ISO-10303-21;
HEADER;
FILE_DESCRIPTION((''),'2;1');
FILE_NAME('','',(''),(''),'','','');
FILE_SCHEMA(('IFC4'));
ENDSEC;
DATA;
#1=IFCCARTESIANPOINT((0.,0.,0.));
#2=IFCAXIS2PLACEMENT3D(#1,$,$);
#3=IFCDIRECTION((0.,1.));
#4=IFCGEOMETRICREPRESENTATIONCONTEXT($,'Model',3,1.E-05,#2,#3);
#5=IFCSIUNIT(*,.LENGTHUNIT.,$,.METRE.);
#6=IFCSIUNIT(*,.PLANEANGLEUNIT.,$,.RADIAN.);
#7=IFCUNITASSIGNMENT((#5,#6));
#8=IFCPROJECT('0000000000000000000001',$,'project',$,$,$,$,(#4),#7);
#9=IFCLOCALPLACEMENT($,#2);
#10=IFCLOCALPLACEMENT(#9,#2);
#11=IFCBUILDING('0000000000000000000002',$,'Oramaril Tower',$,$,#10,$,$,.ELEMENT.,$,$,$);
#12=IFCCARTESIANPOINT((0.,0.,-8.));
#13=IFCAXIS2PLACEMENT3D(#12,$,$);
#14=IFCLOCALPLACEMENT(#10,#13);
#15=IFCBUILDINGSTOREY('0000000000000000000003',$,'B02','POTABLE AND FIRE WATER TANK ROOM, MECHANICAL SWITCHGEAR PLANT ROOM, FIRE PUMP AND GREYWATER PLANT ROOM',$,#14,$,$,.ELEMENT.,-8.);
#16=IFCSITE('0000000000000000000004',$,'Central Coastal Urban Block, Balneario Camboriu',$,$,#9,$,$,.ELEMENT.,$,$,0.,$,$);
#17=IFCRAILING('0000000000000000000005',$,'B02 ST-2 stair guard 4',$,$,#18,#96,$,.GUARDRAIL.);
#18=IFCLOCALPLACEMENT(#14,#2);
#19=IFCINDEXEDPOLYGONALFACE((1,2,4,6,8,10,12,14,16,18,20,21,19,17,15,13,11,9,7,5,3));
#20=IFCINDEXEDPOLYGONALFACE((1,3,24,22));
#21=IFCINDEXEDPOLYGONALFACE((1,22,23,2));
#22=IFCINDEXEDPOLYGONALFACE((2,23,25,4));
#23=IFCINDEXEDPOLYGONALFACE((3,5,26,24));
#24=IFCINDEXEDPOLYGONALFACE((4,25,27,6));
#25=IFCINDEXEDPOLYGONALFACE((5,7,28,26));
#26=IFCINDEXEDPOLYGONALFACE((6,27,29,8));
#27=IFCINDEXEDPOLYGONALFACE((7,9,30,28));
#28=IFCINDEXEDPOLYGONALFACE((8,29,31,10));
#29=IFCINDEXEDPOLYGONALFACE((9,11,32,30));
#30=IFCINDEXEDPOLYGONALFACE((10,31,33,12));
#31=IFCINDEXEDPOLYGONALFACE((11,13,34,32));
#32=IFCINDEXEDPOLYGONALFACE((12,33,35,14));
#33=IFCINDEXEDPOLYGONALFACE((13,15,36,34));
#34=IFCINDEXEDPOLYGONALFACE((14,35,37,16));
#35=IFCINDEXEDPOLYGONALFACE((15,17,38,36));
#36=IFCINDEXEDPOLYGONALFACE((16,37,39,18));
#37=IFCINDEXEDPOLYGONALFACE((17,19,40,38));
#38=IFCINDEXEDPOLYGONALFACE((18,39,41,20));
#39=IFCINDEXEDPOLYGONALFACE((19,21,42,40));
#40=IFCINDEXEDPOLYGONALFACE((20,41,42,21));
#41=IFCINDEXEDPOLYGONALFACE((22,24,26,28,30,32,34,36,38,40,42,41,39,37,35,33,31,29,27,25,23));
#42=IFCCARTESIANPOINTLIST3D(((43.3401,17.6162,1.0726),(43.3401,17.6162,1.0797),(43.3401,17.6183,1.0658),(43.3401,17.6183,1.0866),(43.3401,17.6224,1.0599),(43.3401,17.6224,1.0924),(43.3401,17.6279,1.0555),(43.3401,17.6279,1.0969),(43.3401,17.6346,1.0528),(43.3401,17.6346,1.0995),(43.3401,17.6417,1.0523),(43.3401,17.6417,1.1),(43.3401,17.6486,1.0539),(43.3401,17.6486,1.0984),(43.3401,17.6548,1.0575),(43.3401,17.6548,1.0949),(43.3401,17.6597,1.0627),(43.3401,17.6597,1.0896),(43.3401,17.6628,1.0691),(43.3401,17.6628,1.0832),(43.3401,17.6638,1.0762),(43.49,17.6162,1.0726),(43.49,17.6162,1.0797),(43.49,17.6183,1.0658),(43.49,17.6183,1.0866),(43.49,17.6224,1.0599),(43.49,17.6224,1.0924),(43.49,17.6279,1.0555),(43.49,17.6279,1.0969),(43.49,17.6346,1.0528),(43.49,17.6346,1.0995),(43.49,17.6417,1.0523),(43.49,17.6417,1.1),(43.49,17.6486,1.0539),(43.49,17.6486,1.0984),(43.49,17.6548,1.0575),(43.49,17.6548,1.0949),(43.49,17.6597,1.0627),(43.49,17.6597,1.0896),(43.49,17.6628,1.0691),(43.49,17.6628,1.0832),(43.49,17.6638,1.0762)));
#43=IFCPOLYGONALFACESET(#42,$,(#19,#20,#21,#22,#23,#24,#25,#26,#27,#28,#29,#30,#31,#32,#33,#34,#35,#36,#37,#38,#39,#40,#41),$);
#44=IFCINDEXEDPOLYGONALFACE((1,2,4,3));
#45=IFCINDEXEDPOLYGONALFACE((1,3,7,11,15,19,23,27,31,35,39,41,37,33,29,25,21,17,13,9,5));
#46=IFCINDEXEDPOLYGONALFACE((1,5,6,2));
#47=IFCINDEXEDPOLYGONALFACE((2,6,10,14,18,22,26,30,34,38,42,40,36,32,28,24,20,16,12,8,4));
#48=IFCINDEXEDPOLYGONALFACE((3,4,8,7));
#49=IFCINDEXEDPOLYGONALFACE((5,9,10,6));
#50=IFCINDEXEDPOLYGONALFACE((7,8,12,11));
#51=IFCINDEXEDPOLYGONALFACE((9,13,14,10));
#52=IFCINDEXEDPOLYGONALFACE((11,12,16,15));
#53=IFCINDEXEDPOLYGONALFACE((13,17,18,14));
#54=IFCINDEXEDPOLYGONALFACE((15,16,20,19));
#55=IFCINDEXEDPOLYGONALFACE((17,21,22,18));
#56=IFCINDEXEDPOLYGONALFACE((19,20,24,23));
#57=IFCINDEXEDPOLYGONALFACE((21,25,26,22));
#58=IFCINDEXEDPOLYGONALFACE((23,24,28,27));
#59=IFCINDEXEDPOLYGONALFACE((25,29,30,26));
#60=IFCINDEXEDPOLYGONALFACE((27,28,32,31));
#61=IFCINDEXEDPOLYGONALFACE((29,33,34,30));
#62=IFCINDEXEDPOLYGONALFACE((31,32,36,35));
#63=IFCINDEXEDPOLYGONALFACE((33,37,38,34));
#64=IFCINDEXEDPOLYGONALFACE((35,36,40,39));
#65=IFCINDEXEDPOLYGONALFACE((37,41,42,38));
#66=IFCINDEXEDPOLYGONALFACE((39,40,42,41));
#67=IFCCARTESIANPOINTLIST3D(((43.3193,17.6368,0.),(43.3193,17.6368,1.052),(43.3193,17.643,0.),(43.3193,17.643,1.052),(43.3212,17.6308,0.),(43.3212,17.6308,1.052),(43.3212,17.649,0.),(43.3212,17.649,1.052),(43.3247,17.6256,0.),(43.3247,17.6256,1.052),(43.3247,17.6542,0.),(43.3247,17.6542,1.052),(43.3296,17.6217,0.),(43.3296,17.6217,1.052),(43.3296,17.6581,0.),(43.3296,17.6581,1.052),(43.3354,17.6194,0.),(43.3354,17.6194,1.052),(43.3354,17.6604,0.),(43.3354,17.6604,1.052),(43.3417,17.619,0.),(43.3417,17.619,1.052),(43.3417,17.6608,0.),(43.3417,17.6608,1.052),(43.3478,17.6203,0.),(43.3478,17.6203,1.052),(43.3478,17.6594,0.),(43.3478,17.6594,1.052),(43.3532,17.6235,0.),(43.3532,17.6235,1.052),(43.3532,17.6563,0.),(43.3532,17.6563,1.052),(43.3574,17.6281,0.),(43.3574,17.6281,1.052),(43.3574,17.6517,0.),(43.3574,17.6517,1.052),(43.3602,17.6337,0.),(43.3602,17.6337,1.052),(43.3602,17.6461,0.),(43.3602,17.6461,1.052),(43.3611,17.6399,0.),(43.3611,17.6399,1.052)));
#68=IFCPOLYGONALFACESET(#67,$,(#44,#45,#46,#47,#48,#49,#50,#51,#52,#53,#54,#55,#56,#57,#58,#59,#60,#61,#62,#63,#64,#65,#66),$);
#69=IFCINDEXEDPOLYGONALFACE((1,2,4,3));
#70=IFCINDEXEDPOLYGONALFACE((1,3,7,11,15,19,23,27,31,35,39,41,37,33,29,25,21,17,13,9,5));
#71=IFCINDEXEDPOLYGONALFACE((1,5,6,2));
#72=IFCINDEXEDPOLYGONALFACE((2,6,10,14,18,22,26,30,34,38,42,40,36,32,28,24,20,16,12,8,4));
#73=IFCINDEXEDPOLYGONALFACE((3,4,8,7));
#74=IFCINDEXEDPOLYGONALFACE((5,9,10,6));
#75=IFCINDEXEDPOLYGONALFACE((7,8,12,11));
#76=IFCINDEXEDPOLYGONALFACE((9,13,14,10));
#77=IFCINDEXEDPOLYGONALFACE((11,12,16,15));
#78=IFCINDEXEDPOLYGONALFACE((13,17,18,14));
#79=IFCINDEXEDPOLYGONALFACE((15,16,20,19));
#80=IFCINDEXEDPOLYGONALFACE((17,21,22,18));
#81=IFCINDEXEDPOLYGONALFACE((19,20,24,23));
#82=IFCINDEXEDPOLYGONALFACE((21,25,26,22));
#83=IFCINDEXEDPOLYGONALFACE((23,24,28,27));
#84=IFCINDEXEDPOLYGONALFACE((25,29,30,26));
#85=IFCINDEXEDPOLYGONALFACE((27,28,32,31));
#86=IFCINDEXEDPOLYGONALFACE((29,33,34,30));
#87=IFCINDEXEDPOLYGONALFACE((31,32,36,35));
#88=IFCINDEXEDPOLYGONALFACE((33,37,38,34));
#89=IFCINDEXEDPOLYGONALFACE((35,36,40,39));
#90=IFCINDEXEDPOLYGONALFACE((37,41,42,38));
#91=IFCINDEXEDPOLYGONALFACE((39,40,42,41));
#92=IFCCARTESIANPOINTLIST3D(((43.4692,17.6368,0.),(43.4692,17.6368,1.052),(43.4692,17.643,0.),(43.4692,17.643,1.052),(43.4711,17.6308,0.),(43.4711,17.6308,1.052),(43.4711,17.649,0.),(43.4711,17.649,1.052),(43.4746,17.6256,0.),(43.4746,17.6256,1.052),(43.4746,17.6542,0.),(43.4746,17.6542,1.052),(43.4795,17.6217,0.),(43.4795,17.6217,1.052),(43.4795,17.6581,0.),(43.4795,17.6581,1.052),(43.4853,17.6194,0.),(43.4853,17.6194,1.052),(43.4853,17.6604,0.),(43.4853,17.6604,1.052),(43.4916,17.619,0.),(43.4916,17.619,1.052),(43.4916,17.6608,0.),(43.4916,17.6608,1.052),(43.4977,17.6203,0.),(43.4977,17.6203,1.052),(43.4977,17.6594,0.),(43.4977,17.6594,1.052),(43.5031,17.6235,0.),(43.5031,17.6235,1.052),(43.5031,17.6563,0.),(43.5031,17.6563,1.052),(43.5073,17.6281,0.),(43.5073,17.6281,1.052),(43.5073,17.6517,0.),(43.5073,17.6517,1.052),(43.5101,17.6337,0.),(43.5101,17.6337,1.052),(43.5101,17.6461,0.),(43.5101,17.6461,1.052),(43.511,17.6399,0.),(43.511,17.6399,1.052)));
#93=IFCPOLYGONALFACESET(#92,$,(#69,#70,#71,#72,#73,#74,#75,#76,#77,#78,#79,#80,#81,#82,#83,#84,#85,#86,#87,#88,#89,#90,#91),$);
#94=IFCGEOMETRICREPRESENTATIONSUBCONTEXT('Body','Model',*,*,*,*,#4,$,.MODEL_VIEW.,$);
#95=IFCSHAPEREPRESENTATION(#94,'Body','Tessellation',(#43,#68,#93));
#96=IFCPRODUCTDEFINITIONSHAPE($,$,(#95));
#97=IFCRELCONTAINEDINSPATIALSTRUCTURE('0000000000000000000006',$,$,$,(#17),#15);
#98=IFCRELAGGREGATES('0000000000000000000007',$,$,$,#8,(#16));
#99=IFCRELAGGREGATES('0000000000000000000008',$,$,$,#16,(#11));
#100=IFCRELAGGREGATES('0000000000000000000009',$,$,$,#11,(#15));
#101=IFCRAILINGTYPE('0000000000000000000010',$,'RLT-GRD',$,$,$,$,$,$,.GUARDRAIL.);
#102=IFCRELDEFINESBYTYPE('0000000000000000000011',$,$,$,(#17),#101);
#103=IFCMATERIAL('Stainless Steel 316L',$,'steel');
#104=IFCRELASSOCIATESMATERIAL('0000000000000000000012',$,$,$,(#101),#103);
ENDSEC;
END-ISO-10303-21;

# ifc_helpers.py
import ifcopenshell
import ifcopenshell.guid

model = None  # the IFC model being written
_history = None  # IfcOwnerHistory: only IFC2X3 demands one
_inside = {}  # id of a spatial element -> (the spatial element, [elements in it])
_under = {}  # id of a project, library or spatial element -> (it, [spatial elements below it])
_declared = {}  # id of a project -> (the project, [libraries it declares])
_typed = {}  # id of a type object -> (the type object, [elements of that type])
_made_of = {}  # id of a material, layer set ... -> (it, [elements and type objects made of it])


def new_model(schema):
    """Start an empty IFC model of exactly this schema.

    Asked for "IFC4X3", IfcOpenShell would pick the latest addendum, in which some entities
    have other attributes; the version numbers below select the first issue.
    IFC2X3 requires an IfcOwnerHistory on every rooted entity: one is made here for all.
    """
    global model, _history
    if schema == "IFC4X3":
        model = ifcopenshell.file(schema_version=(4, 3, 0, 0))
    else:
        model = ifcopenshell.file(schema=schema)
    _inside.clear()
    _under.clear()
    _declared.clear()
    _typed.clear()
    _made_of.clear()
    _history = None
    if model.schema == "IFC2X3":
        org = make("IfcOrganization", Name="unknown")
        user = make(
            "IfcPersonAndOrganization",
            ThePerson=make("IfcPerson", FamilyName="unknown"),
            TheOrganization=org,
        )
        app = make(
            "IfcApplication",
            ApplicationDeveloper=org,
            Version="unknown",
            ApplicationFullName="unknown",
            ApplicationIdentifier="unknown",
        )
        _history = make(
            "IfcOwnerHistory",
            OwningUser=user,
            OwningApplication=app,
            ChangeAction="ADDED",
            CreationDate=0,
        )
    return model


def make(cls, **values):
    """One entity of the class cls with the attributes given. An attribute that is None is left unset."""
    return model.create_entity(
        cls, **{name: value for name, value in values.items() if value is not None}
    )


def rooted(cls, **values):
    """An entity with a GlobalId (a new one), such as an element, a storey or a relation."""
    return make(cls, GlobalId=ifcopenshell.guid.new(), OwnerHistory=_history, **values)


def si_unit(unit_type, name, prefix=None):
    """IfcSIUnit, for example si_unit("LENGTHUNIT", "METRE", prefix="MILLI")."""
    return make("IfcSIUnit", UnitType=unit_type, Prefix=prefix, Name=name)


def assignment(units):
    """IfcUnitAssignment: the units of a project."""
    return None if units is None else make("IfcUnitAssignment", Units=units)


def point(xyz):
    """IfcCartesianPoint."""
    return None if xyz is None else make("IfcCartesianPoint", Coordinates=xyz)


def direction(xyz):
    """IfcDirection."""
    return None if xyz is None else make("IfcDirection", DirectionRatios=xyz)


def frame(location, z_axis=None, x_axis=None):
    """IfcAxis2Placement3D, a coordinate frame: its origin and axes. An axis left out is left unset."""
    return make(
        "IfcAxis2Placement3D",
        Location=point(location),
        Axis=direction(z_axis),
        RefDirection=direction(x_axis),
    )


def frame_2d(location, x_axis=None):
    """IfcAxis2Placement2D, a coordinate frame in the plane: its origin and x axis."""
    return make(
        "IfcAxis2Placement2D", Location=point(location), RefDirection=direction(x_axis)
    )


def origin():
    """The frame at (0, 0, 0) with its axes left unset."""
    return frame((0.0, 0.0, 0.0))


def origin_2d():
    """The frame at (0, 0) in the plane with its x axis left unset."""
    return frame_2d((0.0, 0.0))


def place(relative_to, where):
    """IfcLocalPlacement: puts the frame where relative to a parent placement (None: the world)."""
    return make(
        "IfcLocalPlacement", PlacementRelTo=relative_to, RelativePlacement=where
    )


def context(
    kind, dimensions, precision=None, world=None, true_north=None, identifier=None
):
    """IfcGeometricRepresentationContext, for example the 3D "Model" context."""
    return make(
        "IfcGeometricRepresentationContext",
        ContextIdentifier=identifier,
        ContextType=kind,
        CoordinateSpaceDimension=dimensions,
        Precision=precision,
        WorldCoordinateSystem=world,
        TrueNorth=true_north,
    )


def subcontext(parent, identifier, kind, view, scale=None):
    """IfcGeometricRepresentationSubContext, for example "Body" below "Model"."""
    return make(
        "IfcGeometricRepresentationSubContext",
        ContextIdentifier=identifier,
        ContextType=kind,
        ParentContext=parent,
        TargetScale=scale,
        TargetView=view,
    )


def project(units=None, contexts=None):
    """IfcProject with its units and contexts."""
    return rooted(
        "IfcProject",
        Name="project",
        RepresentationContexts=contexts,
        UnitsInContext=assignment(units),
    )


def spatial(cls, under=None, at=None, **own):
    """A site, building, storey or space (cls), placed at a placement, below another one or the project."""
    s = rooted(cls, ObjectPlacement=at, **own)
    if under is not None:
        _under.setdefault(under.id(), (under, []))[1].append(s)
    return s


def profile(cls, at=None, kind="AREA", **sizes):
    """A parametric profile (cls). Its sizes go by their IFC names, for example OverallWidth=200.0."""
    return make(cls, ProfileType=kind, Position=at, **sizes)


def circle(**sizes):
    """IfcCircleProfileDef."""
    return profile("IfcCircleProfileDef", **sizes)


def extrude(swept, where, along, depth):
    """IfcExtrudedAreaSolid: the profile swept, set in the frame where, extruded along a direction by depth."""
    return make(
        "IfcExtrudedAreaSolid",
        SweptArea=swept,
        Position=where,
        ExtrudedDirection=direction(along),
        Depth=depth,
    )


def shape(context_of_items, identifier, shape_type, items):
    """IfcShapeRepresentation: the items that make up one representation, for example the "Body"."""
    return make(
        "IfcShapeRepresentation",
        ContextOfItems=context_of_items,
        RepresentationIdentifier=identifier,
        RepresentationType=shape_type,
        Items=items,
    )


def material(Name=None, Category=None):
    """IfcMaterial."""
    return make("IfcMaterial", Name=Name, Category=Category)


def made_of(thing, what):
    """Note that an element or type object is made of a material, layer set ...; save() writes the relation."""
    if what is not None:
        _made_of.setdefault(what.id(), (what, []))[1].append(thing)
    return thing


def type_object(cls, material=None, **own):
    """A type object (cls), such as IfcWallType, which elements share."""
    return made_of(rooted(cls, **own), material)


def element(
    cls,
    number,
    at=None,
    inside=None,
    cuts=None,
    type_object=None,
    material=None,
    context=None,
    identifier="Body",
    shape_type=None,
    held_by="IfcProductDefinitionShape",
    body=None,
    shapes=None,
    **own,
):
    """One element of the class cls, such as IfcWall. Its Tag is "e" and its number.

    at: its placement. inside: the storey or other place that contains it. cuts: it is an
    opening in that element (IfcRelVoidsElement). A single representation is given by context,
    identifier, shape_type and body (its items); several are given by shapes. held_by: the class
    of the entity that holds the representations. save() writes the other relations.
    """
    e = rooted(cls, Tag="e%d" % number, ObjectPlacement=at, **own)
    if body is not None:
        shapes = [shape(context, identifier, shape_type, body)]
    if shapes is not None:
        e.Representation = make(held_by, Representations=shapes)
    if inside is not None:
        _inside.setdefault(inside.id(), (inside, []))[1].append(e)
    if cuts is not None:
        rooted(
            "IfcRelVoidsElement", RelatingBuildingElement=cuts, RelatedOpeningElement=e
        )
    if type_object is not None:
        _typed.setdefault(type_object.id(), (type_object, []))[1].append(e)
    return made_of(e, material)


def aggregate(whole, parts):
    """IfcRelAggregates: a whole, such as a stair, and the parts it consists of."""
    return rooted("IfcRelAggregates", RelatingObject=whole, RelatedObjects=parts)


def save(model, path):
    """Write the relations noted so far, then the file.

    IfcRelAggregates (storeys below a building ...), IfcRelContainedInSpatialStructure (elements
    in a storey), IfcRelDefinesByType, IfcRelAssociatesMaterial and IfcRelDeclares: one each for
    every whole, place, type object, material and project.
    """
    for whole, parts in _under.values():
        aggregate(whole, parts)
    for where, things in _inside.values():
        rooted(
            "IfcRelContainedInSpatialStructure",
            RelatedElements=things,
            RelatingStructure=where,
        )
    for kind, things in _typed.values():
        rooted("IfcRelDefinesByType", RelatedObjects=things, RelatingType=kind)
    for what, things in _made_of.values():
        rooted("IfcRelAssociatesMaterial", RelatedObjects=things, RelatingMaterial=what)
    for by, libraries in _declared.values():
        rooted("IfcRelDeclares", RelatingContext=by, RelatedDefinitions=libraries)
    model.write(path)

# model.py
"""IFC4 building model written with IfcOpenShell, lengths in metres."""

from ifc_helpers import new_model, si_unit, direction, frame, origin, origin_2d, place, context, subcontext, project, spatial, circle, extrude, material, type_object, element, save


model = new_model("IFC4")

# Units and contexts
model_context = context("Model", 3, precision=1e-05, world=origin(), true_north=direction((0.0, 1.0)))
body_context = subcontext(model_context, "Body", "Model", "MODEL_VIEW")
ifc_project = project(units=[si_unit("LENGTHUNIT", "METRE"), si_unit("PLANEANGLEUNIT", "RADIAN")], contexts=[model_context])

# Site, building, storey
site_placement = place(None, origin())
site = spatial("IfcSite", under=ifc_project, at=site_placement, Name="Central Coastal Urban Block, Balneario Camboriu", CompositionType="ELEMENT", RefElevation=0.0)
building_placement = place(site_placement, origin())
building = spatial("IfcBuilding", under=site, at=building_placement, Name="Oramaril Tower", CompositionType="ELEMENT")
storey_placement = place(building_placement, frame((0.0, 0.0, -8.0)))
storey = spatial("IfcBuildingStorey", under=building, at=storey_placement, Name="B02", Description="POTABLE AND FIRE WATER TANK ROOM, MECHANICAL SWITCHGEAR PLANT ROOM, FIRE PUMP AND GREYWATER PLANT ROOM", CompositionType="ELEMENT", Elevation=-8.0)

# Railing
ifc_material_1 = material(Name="Stainless Steel 316L", Category="steel")
railing_type_1 = type_object("IfcRailingType", Name="RLT-GRD", PredefinedType="GUARDRAIL", material=ifc_material_1)
railing_1_placement = place(storey_placement, frame((43.3401, 17.6399, 0.0)))
element("IfcRailing", 1, at=railing_1_placement, inside=storey, type_object=railing_type_1, Name="B02 ST-2 stair guard 4", PredefinedType="GUARDRAIL", context=body_context, shape_type="SweptSolid", body=[
    extrude(circle(Radius=0.0239, at=origin_2d()), frame((0.0, 0.0, 1.0762), z_axis=(1.0, 0.0, 0.0), x_axis=(0.0, 1.0, 0.0)), (0.0, 0.0, 1.0), 0.1499),
    extrude(circle(Radius=0.021, at=origin_2d()), origin(), (0.0, 0.0, 1.0), 1.052),
    extrude(circle(Radius=0.021, at=origin_2d()), frame((0.1499, 0.0, 0.0)), (0.0, 0.0, 1.0), 1.052),
])

save(model, "model.ifc")
